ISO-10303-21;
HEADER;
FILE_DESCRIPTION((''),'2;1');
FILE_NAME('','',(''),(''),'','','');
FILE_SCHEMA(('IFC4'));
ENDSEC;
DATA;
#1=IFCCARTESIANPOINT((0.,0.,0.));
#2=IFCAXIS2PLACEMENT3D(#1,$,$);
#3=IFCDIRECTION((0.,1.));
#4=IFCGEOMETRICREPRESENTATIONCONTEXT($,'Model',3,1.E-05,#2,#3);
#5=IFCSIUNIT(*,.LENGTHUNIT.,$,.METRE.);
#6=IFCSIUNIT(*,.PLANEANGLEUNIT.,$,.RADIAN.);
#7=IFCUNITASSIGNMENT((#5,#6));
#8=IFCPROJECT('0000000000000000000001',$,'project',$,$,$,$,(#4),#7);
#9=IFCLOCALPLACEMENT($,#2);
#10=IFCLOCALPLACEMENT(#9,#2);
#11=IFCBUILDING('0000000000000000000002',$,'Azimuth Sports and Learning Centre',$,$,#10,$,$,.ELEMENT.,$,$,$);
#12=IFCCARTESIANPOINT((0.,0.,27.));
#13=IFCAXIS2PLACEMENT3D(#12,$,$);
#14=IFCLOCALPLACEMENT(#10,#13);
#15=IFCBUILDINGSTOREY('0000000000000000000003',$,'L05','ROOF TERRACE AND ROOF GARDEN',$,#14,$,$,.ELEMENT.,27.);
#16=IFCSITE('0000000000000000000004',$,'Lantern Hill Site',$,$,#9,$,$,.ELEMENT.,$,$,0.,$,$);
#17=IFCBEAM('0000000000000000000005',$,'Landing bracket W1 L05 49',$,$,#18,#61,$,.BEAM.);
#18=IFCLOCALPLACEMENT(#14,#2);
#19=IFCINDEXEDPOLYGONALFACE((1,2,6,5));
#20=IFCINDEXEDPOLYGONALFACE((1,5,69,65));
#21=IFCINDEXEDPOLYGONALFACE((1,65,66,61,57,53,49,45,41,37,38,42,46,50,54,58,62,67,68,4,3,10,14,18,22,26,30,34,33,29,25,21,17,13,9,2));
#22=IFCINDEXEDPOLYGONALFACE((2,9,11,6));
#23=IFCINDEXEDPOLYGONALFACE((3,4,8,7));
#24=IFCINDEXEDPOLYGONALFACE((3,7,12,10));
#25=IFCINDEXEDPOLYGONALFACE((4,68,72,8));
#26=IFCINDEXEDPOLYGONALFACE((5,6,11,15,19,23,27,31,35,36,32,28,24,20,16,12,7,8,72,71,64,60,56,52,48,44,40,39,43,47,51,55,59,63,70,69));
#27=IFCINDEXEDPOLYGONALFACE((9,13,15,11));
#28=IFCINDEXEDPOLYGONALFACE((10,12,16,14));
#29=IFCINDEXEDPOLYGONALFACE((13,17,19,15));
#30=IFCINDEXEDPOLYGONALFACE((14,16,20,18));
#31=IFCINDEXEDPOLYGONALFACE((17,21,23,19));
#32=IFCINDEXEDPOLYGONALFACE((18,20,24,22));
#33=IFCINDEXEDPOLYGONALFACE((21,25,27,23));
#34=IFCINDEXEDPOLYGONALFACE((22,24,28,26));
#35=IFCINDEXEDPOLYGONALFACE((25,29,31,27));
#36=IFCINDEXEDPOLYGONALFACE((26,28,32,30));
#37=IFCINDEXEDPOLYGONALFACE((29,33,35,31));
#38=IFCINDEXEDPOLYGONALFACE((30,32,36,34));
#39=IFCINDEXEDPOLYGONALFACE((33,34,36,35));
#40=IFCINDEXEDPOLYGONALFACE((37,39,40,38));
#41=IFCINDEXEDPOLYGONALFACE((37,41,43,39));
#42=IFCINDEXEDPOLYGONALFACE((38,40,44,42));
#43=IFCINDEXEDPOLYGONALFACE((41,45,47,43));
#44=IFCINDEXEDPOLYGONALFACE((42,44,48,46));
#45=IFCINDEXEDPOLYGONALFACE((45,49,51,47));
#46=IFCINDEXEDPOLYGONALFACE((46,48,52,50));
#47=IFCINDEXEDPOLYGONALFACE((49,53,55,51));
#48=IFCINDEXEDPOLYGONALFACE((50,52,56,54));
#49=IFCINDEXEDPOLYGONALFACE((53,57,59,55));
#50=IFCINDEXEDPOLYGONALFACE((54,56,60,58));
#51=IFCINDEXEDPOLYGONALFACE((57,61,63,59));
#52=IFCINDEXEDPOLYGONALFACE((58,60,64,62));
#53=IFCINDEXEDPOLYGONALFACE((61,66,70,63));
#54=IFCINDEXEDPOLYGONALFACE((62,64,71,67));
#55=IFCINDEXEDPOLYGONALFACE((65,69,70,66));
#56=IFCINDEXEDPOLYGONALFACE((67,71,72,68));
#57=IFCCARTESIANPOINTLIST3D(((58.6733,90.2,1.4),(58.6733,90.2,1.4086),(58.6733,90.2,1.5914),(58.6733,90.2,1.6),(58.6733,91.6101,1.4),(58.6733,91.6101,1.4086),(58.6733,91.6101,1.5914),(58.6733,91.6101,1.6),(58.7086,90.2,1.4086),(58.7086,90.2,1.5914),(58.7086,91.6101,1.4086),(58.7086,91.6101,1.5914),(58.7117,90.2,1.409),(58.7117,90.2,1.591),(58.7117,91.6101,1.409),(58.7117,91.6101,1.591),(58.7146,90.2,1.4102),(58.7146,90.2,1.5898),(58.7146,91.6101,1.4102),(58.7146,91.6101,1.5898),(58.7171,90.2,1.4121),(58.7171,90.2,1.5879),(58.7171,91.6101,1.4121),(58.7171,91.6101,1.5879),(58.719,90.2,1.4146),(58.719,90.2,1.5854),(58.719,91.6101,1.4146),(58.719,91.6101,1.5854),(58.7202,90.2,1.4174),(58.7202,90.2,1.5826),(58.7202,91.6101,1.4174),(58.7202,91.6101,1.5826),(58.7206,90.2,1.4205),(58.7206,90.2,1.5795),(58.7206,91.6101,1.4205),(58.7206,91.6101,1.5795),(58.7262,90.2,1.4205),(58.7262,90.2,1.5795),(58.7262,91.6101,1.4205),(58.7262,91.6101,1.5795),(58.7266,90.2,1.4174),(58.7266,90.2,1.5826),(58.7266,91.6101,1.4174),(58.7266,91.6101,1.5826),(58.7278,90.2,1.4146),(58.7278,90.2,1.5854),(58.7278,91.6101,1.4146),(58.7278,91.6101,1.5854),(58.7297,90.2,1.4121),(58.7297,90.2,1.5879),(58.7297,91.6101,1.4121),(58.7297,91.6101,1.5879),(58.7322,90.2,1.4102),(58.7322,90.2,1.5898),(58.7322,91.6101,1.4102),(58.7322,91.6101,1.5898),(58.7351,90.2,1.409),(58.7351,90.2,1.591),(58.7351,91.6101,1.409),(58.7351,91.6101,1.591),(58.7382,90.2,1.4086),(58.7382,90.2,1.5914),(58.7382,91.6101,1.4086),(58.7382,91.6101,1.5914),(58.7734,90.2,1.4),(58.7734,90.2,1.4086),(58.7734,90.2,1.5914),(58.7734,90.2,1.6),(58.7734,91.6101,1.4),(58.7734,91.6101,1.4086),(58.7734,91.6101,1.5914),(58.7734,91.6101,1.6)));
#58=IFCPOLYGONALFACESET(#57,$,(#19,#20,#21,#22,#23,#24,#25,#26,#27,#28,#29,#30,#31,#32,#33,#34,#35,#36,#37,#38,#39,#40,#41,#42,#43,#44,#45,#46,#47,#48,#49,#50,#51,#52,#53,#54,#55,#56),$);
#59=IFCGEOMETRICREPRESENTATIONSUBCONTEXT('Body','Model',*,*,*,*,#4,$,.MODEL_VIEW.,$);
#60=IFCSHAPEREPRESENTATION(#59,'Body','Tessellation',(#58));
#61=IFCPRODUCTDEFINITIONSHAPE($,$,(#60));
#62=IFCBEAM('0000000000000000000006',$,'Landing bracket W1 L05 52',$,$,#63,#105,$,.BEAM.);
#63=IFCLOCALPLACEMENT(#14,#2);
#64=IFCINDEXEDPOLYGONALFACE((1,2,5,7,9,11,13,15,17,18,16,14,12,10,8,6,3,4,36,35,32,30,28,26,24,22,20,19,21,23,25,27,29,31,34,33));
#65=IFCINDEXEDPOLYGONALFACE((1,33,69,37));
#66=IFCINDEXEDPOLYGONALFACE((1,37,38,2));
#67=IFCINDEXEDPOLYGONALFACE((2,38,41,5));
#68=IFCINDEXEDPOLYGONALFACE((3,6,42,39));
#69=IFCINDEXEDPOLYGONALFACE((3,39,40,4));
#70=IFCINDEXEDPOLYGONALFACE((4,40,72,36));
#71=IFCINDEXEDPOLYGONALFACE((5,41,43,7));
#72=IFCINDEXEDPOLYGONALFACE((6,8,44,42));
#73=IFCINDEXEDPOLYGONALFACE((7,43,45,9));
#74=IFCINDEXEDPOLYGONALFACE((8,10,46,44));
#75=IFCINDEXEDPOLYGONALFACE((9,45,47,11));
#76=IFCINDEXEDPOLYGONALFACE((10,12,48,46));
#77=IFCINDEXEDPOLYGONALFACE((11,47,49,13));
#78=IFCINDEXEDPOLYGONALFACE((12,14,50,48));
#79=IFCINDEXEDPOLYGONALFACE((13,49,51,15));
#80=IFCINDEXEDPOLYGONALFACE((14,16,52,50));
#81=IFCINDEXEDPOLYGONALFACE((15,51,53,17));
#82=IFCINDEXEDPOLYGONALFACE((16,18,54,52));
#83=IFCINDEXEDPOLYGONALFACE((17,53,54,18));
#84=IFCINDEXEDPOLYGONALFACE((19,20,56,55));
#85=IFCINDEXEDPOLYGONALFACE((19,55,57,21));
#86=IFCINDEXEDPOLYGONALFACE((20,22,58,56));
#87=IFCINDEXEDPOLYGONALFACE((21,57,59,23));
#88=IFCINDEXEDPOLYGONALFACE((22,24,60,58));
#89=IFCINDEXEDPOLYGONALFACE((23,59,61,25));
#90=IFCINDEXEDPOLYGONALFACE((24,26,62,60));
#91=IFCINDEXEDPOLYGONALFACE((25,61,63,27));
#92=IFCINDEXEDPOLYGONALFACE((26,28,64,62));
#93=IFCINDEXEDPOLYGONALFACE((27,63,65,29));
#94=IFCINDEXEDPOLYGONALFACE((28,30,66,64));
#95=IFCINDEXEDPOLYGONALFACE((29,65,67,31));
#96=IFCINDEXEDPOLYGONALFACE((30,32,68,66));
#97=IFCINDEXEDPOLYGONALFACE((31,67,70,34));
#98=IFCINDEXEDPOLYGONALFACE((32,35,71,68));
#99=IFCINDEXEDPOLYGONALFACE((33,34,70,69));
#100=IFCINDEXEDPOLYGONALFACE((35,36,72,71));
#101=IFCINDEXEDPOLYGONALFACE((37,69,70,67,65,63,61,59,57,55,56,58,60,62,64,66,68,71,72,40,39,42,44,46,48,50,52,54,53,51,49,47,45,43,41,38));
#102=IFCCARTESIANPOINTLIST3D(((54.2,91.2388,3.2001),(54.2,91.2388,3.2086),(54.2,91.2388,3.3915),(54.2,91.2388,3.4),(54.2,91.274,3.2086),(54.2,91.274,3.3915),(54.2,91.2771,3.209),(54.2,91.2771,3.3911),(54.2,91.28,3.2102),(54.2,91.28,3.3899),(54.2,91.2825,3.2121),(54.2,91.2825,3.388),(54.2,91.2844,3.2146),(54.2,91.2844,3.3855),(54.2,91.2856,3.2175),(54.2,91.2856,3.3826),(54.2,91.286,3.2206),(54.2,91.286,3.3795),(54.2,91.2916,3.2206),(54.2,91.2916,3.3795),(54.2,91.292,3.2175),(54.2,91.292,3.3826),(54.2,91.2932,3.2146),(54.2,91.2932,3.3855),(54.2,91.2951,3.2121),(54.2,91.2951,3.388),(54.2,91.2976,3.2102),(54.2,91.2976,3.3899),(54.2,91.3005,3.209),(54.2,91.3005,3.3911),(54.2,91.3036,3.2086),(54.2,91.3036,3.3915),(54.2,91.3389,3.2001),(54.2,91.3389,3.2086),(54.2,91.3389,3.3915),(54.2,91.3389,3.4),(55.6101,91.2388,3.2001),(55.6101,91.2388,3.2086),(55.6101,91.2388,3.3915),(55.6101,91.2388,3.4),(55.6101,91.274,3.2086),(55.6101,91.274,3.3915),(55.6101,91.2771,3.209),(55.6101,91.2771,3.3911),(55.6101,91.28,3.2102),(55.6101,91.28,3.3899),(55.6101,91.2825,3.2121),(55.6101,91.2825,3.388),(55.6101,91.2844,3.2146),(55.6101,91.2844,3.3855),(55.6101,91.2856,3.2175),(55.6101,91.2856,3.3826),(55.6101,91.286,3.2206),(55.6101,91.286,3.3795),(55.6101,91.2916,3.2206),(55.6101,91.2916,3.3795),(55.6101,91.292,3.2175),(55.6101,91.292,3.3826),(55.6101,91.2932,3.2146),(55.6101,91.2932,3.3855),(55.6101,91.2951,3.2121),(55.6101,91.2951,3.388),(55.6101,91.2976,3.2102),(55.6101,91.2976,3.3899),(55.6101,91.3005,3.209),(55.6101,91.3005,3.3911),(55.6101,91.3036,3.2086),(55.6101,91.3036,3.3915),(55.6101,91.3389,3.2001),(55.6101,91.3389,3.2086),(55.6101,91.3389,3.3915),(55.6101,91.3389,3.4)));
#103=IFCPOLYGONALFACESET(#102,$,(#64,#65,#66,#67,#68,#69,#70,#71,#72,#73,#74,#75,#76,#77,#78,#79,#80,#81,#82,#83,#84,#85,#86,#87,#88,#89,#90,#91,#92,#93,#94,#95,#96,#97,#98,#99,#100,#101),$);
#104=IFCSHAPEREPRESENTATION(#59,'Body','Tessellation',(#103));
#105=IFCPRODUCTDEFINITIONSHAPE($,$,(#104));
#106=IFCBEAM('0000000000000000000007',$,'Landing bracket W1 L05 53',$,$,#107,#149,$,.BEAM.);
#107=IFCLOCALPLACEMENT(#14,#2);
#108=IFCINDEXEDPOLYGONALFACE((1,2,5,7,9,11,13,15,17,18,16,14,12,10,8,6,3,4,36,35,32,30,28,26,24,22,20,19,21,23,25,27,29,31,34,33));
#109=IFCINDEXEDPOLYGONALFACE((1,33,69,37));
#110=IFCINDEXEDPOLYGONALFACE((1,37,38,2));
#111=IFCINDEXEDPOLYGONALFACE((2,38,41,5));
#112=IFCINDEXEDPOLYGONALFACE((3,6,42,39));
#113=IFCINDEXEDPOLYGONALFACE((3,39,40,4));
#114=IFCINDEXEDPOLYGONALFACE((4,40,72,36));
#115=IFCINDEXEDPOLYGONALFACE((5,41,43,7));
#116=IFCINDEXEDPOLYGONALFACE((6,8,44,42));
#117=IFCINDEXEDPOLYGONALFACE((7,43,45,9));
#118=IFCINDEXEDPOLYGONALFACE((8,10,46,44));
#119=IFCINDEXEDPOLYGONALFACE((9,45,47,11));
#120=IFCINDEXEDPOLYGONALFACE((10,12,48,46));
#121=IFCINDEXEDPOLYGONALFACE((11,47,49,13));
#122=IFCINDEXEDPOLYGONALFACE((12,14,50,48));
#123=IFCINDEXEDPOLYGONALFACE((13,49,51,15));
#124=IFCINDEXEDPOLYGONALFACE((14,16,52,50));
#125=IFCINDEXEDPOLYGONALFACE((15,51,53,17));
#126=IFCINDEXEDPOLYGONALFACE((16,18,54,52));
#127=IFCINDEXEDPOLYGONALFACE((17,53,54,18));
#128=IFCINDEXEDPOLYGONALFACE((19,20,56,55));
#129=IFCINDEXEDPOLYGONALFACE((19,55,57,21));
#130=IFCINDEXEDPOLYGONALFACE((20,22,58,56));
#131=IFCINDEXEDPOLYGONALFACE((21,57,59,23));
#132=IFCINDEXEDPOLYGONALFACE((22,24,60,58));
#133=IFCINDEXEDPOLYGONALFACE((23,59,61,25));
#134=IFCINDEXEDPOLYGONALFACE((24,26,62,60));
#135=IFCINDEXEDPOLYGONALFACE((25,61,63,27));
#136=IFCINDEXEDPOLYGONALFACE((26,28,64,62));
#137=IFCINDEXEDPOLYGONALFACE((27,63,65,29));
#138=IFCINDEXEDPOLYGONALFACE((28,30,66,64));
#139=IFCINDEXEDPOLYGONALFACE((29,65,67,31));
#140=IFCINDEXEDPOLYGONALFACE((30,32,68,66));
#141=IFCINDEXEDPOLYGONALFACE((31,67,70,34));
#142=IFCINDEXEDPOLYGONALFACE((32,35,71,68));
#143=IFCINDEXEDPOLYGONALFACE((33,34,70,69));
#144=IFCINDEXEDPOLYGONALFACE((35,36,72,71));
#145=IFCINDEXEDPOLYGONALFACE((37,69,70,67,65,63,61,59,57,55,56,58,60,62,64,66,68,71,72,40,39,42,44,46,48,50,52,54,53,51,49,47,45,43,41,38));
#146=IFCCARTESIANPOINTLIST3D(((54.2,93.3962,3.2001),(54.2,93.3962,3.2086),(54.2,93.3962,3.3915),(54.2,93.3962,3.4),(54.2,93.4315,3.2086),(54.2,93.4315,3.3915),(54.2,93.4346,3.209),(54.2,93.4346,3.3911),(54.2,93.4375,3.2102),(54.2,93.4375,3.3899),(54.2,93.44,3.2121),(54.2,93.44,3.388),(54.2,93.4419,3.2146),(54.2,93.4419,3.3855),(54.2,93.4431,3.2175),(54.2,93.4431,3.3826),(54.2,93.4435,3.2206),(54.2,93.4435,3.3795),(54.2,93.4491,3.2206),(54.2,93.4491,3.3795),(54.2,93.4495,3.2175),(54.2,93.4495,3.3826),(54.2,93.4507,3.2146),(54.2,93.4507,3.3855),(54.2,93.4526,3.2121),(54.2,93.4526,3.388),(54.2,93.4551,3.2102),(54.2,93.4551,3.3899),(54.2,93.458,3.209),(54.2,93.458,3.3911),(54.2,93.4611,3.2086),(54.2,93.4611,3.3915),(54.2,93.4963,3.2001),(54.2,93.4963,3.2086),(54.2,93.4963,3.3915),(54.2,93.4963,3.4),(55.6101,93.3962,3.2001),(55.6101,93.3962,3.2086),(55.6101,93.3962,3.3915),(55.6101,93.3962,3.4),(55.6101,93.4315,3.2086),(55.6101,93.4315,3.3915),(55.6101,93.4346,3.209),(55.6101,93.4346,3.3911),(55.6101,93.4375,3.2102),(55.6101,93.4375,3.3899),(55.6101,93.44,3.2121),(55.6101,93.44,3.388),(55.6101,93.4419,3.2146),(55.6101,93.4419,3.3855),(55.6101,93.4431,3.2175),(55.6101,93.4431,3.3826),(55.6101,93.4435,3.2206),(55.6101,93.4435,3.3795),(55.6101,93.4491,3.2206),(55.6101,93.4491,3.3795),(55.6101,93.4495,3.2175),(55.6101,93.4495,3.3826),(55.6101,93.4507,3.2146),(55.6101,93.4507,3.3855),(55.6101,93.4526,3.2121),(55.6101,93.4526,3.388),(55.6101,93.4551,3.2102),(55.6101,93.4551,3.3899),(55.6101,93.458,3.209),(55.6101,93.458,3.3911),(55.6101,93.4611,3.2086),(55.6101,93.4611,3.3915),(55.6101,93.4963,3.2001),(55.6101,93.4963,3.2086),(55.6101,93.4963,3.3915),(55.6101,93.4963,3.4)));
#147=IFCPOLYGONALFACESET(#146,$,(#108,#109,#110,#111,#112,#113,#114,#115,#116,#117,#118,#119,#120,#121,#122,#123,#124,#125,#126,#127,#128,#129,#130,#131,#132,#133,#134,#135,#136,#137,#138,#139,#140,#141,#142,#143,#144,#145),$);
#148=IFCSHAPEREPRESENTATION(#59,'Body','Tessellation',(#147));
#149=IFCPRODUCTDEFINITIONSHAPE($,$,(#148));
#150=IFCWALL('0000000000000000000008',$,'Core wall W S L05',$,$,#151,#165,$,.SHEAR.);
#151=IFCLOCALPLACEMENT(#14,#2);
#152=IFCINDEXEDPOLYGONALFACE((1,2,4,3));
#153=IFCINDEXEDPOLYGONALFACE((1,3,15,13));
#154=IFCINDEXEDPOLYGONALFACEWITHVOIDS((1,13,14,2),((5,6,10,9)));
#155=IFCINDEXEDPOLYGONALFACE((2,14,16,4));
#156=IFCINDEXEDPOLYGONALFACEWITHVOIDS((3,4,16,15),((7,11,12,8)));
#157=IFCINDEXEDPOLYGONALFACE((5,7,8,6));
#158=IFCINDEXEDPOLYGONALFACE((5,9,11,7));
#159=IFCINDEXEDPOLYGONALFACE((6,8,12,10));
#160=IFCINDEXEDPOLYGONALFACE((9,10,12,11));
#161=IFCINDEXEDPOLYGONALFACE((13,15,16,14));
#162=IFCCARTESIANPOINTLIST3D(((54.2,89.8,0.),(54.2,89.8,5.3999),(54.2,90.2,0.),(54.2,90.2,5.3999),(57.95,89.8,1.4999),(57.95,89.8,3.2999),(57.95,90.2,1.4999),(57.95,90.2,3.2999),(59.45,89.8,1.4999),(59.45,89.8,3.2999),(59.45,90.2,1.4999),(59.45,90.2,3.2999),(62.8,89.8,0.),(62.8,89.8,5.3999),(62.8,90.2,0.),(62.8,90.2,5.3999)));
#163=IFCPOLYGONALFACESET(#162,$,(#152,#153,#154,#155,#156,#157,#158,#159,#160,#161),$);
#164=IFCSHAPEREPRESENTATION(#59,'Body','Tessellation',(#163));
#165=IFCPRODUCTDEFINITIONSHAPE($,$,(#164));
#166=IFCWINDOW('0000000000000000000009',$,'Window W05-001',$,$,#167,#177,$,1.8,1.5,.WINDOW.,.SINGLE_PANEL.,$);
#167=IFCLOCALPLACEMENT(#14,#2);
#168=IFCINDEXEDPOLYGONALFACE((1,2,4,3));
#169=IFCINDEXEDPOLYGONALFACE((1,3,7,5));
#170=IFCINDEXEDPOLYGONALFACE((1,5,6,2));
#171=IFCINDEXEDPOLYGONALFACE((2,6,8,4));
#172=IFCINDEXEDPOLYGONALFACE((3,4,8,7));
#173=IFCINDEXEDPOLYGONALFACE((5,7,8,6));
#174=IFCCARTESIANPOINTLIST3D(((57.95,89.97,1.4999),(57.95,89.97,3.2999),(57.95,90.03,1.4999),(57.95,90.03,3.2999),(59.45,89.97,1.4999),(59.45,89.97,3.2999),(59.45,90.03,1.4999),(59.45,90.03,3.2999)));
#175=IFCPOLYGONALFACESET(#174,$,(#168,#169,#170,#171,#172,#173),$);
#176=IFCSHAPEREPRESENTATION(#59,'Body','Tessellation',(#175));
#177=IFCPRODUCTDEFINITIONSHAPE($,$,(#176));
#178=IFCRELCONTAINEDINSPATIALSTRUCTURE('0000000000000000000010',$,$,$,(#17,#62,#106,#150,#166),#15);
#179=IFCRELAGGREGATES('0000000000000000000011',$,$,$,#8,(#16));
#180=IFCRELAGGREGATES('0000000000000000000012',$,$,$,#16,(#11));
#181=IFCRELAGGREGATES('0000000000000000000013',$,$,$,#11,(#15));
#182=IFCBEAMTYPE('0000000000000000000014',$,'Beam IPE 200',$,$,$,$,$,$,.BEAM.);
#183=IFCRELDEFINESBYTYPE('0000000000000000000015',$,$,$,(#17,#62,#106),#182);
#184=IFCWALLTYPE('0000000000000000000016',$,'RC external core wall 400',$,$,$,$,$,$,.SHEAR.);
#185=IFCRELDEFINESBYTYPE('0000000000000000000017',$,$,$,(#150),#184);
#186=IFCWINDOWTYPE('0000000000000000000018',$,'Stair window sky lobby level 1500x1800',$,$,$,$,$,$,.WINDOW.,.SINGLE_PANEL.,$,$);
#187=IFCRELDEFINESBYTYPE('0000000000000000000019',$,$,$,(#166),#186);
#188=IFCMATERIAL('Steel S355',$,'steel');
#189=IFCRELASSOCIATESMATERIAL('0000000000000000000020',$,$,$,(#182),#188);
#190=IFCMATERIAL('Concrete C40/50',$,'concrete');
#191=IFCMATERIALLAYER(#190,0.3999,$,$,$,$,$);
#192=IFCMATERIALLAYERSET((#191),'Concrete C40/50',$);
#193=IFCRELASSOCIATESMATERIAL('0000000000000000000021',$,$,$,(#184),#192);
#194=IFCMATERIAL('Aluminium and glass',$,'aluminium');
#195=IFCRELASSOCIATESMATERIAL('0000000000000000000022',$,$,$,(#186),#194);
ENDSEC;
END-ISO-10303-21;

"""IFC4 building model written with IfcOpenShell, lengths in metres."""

from ifc_helpers import new_model, si_unit, direction, frame, frame_2d, origin, origin_2d, place, context, subcontext, project, spatial, rectangle, i_section, extrude, material, layer, layer_set, material_profile, profile_set, type_object, element, fill, save


model = new_model("IFC4")

# Units and contexts
model_context = context("Model", 3, precision=1e-05, world=origin(), true_north=direction((0.0, 1.0)))
body_context = subcontext(model_context, "Body", "Model", "MODEL_VIEW")
ifc_project = project(units=[si_unit("LENGTHUNIT", "METRE"), si_unit("PLANEANGLEUNIT", "RADIAN")], contexts=[model_context])

# Site, building, storey
site_placement = place(None, origin())
site = spatial("IfcSite", under=ifc_project, at=site_placement, Name="Lantern Hill Site", CompositionType="ELEMENT", RefElevation=0.0)
building_placement = place(site_placement, origin())
building = spatial("IfcBuilding", under=site, at=building_placement, Name="Azimuth Sports and Learning Centre", CompositionType="ELEMENT")
storey_placement = place(building_placement, frame((0.0, 0.0, 27.0)))
storey = spatial("IfcBuildingStorey", under=building, at=storey_placement, Name="L05", Description="ROOF TERRACE AND ROOF GARDEN", CompositionType="ELEMENT", Elevation=27.0)

# Beams
ifc_material_1 = material(Name="Steel S355", Category="steel")
ifc_material_profile = material_profile(ifc_material_1, i_section(OverallWidth=0.1001, OverallDepth=0.2, WebThickness=0.0056, FlangeThickness=0.0085, FilletRadius=0.012, at=origin_2d()), Name="IPE 200")
ifc_profile_set = profile_set([ifc_material_profile], Name="Steel S355")
beam_type = type_object("IfcBeamType", Name="Beam IPE 200", PredefinedType="BEAM", material=ifc_profile_set)
for number, where, z_axis, x_axis, name in (
    (1, (58.7234, 90.2, 1.5), (0.0, 1.0, 0.0), (-1.0, 0.0, 0.0), "Landing bracket W1 L05 49"),
    (2, (54.2, 91.2888, 3.3), (1.0, 0.0, 0.0), (0.0, 1.0, 0.0), "Landing bracket W1 L05 52"),
    (3, (54.2, 93.4463, 3.3), (1.0, 0.0, 0.0), (0.0, 1.0, 0.0), "Landing bracket W1 L05 53"),
):
    element("IfcBeam", number, at=place(storey_placement, frame(where, z_axis=z_axis, x_axis=x_axis)), inside=storey, type_object=beam_type, Name=name, PredefinedType="BEAM", context=body_context, shape_type="SweptSolid", body=[
        extrude(i_section(OverallWidth=0.1001, OverallDepth=0.2, WebThickness=0.0056, FlangeThickness=0.0085, FilletRadius=0.012, at=origin_2d()), origin(), (0.0, 0.0, 1.0), 1.4102),
    ])

# Wall, opening, window
ifc_material_2 = material(Name="Concrete C40/50", Category="concrete")
ifc_layer_1 = layer(ifc_material_2, 0.3999)
ifc_layer_set_1 = layer_set([ifc_layer_1], Name="Concrete C40/50")
wall_type = type_object("IfcWallType", Name="RC external core wall 400", PredefinedType="SHEAR", material=ifc_layer_set_1)
wall_1_placement = place(storey_placement, frame((54.2, 90.0, 0.0), z_axis=(0.0, 0.0, 1.0), x_axis=(1.0, 0.0, 0.0)))
wall_1 = element("IfcWall", 4, at=wall_1_placement, inside=storey, type_object=wall_type, Name="Core wall W S L05", PredefinedType="SHEAR", context=body_context, shape_type="SweptSolid", body=[
    extrude(rectangle(XDim=8.6001, YDim=0.3999, at=frame_2d((4.3, 0.0))), origin(), (0.0, 0.0, 1.0), 5.3999),
])
opening_1_placement = place(wall_1_placement, frame((3.75, 0.0, 1.5)))
opening_1 = element("IfcOpeningElement", 5, at=opening_1_placement, cuts=wall_1, PredefinedType="OPENING", context=body_context, shape_type="SweptSolid", body=[
    extrude(rectangle(XDim=1.5, YDim=1.8, at=frame_2d((0.75, 0.8999))), frame((0.0, 0.2109, 0.0), z_axis=(0.0, -1.0, 0.0), x_axis=(1.0, 0.0, 0.0)), (0.0, 0.0, 1.0), 0.4219),
])
ifc_material_3 = material(Name="Aluminium and glass", Category="aluminium")
window_type = type_object("IfcWindowType", Name="Stair window sky lobby level 1500x1800", PartitioningType="SINGLE_PANEL", PredefinedType="WINDOW", material=ifc_material_3)
window_placement = place(opening_1_placement, origin())
window = element("IfcWindow", 6, at=window_placement, inside=storey, type_object=window_type, Name="Window W05-001", OverallHeight=1.8, OverallWidth=1.5, PartitioningType="SINGLE_PANEL", PredefinedType="WINDOW", context=body_context, shape_type="SweptSolid", body=[
    extrude(rectangle(XDim=1.5, YDim=1.8, at=frame_2d((0.75, 0.8999))), frame((0.0, 0.03, 0.0), z_axis=(0.0, -1.0, 0.0), x_axis=(1.0, 0.0, 0.0)), (0.0, 0.0, 1.0), 0.0601),
])
fill(opening_1, window)

save(model, "model.ifc")
